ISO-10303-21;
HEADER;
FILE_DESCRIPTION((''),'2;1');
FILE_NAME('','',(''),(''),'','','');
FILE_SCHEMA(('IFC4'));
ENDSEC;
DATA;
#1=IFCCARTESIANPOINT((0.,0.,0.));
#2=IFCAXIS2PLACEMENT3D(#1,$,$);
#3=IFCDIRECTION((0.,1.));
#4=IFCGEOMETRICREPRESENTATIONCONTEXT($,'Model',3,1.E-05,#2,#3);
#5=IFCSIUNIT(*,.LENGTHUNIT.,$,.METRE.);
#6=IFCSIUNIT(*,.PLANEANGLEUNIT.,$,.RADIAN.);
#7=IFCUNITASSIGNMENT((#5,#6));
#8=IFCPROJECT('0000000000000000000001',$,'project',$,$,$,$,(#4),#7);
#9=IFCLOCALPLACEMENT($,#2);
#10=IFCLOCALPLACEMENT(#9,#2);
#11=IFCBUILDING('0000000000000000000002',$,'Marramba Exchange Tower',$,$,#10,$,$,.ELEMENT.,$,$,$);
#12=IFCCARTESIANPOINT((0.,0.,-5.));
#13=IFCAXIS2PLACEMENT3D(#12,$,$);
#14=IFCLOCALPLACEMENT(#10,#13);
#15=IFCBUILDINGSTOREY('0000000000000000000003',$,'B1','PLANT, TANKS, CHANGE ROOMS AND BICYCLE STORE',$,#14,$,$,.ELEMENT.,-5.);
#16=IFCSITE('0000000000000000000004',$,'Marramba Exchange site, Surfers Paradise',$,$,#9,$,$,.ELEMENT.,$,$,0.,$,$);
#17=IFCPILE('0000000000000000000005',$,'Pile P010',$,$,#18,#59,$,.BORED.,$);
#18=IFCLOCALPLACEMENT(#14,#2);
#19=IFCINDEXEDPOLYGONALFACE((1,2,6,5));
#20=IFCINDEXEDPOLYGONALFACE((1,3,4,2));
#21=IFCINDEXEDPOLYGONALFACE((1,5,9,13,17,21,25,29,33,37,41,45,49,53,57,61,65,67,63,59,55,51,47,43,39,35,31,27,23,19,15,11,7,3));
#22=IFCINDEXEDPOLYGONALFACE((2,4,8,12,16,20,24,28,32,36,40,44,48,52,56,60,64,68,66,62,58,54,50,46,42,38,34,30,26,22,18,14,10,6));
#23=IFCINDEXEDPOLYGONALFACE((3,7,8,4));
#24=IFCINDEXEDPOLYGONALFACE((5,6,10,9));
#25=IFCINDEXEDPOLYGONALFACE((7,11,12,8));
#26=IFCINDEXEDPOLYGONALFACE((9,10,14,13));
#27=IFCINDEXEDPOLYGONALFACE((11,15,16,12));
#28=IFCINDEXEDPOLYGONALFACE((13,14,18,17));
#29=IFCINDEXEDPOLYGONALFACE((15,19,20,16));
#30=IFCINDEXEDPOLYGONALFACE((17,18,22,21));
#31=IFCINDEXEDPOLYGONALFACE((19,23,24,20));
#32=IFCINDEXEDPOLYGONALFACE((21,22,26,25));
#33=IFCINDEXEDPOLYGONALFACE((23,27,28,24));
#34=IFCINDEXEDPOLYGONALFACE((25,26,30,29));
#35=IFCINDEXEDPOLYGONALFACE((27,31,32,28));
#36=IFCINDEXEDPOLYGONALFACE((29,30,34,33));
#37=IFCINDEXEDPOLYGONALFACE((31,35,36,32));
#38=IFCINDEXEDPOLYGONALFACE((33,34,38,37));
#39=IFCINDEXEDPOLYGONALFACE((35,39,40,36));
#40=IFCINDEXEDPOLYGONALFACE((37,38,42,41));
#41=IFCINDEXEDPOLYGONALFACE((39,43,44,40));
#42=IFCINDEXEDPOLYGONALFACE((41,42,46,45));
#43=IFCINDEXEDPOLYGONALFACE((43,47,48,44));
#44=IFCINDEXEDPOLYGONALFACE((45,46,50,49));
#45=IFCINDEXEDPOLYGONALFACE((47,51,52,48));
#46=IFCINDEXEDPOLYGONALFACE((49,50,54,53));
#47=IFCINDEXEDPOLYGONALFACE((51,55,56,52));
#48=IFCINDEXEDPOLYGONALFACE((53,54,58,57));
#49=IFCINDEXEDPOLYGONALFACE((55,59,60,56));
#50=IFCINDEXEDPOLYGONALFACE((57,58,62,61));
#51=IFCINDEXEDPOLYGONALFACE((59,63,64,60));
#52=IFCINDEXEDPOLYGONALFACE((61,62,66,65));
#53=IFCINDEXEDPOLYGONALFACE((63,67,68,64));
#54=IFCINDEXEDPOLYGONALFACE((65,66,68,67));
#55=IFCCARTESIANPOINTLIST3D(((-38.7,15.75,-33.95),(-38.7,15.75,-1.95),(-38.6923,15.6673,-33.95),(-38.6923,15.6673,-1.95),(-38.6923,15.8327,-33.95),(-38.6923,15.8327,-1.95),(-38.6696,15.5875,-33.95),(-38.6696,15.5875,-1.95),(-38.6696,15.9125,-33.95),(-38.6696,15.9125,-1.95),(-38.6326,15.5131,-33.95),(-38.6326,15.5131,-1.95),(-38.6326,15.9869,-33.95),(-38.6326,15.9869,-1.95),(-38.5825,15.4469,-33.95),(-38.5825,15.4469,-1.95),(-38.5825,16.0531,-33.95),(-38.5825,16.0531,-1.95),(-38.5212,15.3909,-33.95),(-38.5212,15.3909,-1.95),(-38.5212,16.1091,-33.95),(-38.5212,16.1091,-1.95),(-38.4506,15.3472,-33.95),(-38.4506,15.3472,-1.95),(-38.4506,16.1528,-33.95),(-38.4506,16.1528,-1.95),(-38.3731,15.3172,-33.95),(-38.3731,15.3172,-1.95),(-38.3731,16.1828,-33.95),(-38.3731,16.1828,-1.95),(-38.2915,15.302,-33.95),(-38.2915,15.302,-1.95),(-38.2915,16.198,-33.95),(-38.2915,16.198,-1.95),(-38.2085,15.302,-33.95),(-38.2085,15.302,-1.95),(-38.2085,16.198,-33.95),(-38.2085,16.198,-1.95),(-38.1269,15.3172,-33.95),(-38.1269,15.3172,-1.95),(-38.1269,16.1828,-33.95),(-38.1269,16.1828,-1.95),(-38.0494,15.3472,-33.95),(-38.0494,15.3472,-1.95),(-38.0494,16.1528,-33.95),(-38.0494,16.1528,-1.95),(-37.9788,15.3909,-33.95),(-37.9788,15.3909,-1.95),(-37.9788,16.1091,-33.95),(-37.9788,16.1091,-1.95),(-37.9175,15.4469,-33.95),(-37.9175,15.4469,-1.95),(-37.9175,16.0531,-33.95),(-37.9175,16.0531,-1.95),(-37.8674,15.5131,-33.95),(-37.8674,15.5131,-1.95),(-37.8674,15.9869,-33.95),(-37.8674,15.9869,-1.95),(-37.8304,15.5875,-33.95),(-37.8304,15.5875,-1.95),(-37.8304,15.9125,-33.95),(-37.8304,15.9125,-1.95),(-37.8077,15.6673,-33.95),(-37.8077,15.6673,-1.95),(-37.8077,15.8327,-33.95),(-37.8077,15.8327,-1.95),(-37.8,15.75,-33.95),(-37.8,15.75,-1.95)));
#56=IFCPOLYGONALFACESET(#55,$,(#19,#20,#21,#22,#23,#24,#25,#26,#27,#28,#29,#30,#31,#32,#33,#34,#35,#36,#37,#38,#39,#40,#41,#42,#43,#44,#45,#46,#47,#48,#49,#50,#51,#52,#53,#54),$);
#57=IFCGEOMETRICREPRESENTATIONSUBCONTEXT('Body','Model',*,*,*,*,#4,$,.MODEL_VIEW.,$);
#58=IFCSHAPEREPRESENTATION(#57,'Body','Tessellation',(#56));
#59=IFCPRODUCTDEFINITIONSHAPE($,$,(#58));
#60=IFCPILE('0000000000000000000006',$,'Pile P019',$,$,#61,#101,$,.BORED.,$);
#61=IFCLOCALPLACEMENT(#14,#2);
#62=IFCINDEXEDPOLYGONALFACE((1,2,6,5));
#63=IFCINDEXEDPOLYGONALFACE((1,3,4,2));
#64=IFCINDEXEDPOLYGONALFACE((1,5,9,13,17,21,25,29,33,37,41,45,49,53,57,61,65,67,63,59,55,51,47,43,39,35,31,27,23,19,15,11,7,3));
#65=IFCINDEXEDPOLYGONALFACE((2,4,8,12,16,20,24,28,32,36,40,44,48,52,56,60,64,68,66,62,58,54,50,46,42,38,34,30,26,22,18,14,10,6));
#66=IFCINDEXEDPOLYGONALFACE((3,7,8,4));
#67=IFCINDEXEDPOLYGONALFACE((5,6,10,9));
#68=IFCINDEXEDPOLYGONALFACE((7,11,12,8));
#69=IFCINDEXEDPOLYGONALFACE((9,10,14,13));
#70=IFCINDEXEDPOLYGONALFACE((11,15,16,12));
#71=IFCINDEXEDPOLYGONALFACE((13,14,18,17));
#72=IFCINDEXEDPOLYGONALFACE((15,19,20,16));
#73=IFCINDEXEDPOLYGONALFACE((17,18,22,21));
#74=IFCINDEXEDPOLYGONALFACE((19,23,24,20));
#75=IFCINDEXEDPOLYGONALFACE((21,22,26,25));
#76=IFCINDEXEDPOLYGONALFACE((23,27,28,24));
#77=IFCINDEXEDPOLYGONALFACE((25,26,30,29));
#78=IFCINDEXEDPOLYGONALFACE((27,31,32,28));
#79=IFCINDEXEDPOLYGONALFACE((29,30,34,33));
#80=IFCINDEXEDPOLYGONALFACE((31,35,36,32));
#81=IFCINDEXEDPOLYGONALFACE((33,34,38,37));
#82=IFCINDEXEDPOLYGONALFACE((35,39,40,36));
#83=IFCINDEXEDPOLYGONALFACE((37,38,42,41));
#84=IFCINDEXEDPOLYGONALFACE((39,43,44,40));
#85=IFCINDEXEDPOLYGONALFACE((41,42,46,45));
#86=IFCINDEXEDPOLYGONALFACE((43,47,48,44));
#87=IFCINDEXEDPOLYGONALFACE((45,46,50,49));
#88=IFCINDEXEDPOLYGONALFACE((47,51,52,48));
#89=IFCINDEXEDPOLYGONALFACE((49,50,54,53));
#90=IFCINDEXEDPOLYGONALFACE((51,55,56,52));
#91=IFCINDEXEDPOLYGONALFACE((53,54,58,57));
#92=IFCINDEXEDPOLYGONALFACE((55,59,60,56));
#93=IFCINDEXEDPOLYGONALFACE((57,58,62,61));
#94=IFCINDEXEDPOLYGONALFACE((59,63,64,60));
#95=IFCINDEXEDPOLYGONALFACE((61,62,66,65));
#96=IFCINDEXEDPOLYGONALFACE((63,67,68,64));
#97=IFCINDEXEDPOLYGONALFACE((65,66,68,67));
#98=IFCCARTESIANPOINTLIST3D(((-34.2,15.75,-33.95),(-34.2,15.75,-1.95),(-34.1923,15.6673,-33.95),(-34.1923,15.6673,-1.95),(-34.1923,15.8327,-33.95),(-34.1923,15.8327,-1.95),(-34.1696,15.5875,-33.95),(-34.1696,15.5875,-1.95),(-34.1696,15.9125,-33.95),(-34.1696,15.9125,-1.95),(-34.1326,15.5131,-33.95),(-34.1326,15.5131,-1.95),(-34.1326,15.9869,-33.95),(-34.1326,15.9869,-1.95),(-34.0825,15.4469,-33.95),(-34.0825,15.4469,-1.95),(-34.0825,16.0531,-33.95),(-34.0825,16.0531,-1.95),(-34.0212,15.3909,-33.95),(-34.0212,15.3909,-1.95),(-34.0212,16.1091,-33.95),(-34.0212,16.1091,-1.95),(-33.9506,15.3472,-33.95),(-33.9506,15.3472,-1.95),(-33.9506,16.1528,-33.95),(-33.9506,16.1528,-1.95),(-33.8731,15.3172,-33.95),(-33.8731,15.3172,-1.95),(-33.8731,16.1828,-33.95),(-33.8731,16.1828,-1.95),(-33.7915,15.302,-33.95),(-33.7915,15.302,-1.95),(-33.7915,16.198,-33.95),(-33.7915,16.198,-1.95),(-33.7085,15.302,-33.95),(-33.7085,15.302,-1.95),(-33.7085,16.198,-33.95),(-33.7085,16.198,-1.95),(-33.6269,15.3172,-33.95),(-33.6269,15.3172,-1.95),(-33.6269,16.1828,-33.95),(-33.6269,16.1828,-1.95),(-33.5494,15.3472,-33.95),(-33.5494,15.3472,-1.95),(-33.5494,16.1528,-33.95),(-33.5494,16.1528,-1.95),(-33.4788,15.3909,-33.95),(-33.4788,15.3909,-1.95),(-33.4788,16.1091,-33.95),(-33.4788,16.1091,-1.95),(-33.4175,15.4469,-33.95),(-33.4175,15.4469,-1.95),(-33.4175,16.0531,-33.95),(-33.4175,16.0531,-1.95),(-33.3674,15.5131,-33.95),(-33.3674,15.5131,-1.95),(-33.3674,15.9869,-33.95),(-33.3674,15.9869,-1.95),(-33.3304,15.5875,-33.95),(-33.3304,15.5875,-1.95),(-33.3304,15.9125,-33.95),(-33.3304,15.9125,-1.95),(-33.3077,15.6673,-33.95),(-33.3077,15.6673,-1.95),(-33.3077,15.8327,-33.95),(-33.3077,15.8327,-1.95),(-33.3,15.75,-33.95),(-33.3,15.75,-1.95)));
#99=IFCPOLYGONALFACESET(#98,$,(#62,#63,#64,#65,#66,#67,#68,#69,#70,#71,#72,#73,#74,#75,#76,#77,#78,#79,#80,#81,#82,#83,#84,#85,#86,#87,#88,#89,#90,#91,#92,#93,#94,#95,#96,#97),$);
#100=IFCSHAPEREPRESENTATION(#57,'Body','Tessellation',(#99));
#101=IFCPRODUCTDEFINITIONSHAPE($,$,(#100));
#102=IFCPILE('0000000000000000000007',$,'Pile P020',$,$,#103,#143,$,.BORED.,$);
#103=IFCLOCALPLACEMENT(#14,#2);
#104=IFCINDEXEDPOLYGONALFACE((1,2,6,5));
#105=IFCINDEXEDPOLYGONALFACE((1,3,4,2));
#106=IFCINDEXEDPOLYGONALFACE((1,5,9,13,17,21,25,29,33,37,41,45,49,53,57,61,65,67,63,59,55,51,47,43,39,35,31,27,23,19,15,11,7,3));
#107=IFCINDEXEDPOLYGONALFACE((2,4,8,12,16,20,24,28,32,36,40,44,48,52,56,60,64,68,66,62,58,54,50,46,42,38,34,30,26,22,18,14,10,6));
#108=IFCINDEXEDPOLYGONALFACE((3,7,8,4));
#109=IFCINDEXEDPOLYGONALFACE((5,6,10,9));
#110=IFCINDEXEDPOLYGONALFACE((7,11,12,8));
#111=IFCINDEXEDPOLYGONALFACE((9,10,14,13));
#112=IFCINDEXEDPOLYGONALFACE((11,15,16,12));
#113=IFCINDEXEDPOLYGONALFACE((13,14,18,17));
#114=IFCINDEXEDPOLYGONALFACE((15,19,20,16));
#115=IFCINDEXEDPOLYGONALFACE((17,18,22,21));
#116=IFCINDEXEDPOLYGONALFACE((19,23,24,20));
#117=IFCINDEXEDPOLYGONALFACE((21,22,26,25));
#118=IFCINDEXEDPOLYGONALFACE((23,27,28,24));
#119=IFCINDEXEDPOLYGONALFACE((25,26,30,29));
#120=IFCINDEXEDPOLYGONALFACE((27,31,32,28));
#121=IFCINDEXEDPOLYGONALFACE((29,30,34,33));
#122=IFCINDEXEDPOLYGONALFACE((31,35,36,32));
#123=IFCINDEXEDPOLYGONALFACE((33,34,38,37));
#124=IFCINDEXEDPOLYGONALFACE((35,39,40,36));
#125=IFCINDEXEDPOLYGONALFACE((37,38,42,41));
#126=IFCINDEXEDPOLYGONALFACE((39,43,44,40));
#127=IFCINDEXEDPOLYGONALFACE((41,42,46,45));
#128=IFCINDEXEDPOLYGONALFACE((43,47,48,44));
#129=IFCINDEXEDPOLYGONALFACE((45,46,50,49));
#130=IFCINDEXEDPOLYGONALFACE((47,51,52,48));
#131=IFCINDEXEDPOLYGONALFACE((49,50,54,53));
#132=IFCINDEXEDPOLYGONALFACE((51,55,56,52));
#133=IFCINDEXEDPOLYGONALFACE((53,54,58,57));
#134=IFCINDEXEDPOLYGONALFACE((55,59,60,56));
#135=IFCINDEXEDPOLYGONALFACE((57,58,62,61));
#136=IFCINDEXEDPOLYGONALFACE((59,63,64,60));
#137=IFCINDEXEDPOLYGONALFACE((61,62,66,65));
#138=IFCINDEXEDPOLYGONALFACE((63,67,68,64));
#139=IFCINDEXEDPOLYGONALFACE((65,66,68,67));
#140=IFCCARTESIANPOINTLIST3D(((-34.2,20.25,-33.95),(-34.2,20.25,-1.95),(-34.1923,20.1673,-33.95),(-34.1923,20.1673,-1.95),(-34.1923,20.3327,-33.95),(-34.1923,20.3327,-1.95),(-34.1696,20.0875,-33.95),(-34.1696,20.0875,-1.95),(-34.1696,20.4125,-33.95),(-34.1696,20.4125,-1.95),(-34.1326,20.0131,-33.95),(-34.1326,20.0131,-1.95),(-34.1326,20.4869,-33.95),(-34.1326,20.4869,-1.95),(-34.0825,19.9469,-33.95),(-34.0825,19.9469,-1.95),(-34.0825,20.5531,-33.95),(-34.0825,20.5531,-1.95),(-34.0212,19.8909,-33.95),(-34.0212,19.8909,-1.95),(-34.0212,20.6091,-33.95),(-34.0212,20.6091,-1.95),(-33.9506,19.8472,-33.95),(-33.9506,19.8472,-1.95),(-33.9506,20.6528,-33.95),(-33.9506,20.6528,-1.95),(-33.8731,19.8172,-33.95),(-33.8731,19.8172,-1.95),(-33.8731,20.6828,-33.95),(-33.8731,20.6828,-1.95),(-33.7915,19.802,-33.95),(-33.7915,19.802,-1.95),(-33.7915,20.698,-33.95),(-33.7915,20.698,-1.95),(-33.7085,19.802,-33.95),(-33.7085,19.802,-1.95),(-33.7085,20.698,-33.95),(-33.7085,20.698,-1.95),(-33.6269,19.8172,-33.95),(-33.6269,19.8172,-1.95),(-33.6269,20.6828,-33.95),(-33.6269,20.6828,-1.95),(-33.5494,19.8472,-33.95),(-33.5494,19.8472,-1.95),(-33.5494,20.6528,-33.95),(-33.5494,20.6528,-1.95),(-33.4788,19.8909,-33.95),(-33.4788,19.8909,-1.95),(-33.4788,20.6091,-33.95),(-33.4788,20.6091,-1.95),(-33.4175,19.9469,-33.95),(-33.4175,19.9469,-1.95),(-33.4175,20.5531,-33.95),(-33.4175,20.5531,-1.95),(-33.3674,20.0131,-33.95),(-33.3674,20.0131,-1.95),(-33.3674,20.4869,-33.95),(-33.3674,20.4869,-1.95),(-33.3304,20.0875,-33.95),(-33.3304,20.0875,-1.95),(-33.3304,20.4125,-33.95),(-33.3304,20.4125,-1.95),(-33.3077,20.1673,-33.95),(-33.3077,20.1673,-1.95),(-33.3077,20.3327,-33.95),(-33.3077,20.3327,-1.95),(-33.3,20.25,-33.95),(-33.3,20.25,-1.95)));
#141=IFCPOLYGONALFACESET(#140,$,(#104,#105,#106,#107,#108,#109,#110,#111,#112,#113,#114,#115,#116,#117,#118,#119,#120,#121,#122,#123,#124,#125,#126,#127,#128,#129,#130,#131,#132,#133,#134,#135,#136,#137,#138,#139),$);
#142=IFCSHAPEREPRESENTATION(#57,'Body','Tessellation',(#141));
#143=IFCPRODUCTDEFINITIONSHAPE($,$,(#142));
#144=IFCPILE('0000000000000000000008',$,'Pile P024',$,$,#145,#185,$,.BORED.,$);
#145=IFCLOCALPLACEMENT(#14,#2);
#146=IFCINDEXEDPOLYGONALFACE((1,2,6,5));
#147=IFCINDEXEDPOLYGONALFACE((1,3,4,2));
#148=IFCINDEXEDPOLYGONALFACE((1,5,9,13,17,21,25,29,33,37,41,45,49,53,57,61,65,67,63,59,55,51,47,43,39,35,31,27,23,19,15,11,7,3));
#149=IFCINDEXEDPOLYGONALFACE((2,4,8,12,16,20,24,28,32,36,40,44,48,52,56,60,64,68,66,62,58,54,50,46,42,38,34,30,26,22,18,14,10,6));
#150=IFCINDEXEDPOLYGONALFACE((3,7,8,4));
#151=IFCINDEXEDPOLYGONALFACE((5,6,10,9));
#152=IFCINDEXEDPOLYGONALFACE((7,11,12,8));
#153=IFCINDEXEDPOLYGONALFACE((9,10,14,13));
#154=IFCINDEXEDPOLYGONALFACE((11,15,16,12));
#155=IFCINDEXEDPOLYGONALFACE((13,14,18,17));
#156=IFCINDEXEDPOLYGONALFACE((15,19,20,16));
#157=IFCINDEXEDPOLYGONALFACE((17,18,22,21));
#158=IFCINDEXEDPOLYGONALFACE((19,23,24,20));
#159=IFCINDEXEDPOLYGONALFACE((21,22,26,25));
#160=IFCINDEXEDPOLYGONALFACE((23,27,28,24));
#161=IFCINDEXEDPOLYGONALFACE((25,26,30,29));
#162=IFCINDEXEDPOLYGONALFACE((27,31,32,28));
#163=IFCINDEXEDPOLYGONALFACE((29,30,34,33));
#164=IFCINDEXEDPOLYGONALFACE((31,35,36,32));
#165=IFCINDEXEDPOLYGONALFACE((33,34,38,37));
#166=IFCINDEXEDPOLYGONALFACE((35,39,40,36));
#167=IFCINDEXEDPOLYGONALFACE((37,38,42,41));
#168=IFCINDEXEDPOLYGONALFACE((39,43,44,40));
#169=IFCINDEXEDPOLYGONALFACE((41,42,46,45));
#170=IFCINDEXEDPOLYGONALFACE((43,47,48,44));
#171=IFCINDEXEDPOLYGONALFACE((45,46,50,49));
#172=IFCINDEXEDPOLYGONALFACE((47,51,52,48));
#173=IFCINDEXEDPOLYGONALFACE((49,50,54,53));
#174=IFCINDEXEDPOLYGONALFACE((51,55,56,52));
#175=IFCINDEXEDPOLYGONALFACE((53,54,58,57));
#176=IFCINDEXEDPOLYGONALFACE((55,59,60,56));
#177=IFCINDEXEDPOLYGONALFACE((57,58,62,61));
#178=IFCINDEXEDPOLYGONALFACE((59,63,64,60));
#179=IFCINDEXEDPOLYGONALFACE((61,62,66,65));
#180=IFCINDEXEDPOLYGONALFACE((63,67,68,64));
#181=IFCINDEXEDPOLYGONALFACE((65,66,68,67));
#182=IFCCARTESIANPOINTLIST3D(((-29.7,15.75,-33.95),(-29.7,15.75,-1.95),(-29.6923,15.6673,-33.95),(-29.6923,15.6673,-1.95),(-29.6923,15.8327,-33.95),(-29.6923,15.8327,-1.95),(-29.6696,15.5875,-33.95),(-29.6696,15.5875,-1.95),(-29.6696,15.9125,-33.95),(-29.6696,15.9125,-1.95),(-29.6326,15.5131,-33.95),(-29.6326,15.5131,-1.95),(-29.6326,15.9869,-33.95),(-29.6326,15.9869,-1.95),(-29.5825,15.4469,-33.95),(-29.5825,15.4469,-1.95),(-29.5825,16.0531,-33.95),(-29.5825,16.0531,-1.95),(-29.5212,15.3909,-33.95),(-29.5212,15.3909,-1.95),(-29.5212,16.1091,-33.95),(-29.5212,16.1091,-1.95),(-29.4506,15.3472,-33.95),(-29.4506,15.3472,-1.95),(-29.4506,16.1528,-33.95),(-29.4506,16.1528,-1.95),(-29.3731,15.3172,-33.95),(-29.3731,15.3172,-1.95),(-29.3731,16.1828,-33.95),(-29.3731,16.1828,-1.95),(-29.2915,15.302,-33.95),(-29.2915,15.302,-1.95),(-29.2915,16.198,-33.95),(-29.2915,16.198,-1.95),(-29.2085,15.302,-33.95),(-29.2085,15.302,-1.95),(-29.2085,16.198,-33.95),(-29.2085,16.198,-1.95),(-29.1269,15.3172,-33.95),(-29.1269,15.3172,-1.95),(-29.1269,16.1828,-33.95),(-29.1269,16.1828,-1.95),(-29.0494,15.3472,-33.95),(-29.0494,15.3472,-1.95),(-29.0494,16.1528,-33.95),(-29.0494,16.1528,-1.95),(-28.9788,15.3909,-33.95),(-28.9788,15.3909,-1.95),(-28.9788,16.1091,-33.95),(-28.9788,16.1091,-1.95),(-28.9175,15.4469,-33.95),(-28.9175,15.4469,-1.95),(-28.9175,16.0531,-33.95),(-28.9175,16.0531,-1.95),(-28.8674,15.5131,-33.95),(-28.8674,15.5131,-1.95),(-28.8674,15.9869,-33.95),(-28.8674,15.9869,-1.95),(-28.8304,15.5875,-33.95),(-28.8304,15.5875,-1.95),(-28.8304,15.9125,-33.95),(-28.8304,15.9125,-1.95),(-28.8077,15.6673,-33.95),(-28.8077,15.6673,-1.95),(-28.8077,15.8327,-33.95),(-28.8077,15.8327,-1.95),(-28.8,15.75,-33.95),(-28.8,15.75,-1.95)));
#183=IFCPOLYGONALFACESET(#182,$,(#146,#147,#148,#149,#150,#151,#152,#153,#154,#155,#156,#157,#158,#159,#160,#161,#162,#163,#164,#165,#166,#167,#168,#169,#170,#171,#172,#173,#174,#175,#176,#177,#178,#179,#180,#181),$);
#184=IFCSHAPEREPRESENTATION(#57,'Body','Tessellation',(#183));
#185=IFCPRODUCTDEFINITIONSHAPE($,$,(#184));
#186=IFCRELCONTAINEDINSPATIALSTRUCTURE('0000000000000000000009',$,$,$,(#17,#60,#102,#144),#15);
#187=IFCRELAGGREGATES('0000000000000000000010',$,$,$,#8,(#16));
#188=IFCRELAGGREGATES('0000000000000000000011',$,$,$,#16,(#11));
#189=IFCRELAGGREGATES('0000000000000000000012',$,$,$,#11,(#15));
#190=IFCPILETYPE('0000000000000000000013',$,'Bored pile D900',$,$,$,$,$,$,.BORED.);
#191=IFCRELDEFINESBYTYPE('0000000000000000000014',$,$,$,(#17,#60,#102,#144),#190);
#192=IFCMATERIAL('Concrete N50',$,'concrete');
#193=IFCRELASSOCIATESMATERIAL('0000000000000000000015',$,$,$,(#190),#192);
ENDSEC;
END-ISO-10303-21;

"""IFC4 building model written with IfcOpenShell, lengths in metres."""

from ifc_helpers import new_model, si_unit, direction, frame, origin, origin_2d, place, context, subcontext, project, spatial, circle, extrude, material, material_profile, profile_set, type_object, element, save


model = new_model("IFC4")

# Units and contexts
model_context = context("Model", 3, precision=1e-05, world=origin(), true_north=direction((0.0, 1.0)))
body_context = subcontext(model_context, "Body", "Model", "MODEL_VIEW")
ifc_project = project(units=[si_unit("LENGTHUNIT", "METRE"), si_unit("PLANEANGLEUNIT", "RADIAN")], contexts=[model_context])

# Site, building, storey
site_placement = place(None, origin())
site = spatial("IfcSite", under=ifc_project, at=site_placement, Name="Marramba Exchange site, Surfers Paradise", CompositionType="ELEMENT", RefElevation=0.0)
building_placement = place(site_placement, origin())
building = spatial("IfcBuilding", under=site, at=building_placement, Name="Marramba Exchange Tower", CompositionType="ELEMENT")
storey_placement = place(building_placement, frame((0.0, 0.0, -5.0)))
storey = spatial("IfcBuildingStorey", under=building, at=storey_placement, Name="B1", Description="PLANT, TANKS, CHANGE ROOMS AND BICYCLE STORE", CompositionType="ELEMENT", Elevation=-5.0)

# Piles
ifc_material_1 = material(Name="Concrete N50", Category="concrete")
ifc_material_profile_1 = material_profile(ifc_material_1, circle(Radius=0.45, at=origin_2d()), Name="BP D900")
ifc_profile_set_1 = profile_set([ifc_material_profile_1], Name="Concrete N50")
pile_type = type_object("IfcPileType", Name="Bored pile D900", PredefinedType="BORED", material=ifc_profile_set_1)
for number, where, z_axis, x_axis, name in (
    (1, (-38.25, 15.75, -1.95), (0.0, 0.0, -1.0), (1.0, 0.0, 0.0), "Pile P010"),
    (2, (-33.75, 15.75, -1.95), (0.0, 0.0, -1.0), (1.0, 0.0, 0.0), "Pile P019"),
    (3, (-33.75, 20.25, -1.95), (0.0, 0.0, -1.0), (1.0, 0.0, 0.0), "Pile P020"),
    (4, (-29.25, 15.75, -1.95), (0.0, 0.0, -1.0), (1.0, 0.0, 0.0), "Pile P024"),
):
    element("IfcPile", number, at=place(storey_placement, frame(where, z_axis=z_axis, x_axis=x_axis)), inside=storey, type_object=pile_type, Name=name, PredefinedType="BORED", context=body_context, shape_type="SweptSolid", body=[
        extrude(circle(Radius=0.45, at=origin_2d()), origin(), (0.0, 0.0, 1.0), 32.0),
    ])

save(model, "model.ifc")
